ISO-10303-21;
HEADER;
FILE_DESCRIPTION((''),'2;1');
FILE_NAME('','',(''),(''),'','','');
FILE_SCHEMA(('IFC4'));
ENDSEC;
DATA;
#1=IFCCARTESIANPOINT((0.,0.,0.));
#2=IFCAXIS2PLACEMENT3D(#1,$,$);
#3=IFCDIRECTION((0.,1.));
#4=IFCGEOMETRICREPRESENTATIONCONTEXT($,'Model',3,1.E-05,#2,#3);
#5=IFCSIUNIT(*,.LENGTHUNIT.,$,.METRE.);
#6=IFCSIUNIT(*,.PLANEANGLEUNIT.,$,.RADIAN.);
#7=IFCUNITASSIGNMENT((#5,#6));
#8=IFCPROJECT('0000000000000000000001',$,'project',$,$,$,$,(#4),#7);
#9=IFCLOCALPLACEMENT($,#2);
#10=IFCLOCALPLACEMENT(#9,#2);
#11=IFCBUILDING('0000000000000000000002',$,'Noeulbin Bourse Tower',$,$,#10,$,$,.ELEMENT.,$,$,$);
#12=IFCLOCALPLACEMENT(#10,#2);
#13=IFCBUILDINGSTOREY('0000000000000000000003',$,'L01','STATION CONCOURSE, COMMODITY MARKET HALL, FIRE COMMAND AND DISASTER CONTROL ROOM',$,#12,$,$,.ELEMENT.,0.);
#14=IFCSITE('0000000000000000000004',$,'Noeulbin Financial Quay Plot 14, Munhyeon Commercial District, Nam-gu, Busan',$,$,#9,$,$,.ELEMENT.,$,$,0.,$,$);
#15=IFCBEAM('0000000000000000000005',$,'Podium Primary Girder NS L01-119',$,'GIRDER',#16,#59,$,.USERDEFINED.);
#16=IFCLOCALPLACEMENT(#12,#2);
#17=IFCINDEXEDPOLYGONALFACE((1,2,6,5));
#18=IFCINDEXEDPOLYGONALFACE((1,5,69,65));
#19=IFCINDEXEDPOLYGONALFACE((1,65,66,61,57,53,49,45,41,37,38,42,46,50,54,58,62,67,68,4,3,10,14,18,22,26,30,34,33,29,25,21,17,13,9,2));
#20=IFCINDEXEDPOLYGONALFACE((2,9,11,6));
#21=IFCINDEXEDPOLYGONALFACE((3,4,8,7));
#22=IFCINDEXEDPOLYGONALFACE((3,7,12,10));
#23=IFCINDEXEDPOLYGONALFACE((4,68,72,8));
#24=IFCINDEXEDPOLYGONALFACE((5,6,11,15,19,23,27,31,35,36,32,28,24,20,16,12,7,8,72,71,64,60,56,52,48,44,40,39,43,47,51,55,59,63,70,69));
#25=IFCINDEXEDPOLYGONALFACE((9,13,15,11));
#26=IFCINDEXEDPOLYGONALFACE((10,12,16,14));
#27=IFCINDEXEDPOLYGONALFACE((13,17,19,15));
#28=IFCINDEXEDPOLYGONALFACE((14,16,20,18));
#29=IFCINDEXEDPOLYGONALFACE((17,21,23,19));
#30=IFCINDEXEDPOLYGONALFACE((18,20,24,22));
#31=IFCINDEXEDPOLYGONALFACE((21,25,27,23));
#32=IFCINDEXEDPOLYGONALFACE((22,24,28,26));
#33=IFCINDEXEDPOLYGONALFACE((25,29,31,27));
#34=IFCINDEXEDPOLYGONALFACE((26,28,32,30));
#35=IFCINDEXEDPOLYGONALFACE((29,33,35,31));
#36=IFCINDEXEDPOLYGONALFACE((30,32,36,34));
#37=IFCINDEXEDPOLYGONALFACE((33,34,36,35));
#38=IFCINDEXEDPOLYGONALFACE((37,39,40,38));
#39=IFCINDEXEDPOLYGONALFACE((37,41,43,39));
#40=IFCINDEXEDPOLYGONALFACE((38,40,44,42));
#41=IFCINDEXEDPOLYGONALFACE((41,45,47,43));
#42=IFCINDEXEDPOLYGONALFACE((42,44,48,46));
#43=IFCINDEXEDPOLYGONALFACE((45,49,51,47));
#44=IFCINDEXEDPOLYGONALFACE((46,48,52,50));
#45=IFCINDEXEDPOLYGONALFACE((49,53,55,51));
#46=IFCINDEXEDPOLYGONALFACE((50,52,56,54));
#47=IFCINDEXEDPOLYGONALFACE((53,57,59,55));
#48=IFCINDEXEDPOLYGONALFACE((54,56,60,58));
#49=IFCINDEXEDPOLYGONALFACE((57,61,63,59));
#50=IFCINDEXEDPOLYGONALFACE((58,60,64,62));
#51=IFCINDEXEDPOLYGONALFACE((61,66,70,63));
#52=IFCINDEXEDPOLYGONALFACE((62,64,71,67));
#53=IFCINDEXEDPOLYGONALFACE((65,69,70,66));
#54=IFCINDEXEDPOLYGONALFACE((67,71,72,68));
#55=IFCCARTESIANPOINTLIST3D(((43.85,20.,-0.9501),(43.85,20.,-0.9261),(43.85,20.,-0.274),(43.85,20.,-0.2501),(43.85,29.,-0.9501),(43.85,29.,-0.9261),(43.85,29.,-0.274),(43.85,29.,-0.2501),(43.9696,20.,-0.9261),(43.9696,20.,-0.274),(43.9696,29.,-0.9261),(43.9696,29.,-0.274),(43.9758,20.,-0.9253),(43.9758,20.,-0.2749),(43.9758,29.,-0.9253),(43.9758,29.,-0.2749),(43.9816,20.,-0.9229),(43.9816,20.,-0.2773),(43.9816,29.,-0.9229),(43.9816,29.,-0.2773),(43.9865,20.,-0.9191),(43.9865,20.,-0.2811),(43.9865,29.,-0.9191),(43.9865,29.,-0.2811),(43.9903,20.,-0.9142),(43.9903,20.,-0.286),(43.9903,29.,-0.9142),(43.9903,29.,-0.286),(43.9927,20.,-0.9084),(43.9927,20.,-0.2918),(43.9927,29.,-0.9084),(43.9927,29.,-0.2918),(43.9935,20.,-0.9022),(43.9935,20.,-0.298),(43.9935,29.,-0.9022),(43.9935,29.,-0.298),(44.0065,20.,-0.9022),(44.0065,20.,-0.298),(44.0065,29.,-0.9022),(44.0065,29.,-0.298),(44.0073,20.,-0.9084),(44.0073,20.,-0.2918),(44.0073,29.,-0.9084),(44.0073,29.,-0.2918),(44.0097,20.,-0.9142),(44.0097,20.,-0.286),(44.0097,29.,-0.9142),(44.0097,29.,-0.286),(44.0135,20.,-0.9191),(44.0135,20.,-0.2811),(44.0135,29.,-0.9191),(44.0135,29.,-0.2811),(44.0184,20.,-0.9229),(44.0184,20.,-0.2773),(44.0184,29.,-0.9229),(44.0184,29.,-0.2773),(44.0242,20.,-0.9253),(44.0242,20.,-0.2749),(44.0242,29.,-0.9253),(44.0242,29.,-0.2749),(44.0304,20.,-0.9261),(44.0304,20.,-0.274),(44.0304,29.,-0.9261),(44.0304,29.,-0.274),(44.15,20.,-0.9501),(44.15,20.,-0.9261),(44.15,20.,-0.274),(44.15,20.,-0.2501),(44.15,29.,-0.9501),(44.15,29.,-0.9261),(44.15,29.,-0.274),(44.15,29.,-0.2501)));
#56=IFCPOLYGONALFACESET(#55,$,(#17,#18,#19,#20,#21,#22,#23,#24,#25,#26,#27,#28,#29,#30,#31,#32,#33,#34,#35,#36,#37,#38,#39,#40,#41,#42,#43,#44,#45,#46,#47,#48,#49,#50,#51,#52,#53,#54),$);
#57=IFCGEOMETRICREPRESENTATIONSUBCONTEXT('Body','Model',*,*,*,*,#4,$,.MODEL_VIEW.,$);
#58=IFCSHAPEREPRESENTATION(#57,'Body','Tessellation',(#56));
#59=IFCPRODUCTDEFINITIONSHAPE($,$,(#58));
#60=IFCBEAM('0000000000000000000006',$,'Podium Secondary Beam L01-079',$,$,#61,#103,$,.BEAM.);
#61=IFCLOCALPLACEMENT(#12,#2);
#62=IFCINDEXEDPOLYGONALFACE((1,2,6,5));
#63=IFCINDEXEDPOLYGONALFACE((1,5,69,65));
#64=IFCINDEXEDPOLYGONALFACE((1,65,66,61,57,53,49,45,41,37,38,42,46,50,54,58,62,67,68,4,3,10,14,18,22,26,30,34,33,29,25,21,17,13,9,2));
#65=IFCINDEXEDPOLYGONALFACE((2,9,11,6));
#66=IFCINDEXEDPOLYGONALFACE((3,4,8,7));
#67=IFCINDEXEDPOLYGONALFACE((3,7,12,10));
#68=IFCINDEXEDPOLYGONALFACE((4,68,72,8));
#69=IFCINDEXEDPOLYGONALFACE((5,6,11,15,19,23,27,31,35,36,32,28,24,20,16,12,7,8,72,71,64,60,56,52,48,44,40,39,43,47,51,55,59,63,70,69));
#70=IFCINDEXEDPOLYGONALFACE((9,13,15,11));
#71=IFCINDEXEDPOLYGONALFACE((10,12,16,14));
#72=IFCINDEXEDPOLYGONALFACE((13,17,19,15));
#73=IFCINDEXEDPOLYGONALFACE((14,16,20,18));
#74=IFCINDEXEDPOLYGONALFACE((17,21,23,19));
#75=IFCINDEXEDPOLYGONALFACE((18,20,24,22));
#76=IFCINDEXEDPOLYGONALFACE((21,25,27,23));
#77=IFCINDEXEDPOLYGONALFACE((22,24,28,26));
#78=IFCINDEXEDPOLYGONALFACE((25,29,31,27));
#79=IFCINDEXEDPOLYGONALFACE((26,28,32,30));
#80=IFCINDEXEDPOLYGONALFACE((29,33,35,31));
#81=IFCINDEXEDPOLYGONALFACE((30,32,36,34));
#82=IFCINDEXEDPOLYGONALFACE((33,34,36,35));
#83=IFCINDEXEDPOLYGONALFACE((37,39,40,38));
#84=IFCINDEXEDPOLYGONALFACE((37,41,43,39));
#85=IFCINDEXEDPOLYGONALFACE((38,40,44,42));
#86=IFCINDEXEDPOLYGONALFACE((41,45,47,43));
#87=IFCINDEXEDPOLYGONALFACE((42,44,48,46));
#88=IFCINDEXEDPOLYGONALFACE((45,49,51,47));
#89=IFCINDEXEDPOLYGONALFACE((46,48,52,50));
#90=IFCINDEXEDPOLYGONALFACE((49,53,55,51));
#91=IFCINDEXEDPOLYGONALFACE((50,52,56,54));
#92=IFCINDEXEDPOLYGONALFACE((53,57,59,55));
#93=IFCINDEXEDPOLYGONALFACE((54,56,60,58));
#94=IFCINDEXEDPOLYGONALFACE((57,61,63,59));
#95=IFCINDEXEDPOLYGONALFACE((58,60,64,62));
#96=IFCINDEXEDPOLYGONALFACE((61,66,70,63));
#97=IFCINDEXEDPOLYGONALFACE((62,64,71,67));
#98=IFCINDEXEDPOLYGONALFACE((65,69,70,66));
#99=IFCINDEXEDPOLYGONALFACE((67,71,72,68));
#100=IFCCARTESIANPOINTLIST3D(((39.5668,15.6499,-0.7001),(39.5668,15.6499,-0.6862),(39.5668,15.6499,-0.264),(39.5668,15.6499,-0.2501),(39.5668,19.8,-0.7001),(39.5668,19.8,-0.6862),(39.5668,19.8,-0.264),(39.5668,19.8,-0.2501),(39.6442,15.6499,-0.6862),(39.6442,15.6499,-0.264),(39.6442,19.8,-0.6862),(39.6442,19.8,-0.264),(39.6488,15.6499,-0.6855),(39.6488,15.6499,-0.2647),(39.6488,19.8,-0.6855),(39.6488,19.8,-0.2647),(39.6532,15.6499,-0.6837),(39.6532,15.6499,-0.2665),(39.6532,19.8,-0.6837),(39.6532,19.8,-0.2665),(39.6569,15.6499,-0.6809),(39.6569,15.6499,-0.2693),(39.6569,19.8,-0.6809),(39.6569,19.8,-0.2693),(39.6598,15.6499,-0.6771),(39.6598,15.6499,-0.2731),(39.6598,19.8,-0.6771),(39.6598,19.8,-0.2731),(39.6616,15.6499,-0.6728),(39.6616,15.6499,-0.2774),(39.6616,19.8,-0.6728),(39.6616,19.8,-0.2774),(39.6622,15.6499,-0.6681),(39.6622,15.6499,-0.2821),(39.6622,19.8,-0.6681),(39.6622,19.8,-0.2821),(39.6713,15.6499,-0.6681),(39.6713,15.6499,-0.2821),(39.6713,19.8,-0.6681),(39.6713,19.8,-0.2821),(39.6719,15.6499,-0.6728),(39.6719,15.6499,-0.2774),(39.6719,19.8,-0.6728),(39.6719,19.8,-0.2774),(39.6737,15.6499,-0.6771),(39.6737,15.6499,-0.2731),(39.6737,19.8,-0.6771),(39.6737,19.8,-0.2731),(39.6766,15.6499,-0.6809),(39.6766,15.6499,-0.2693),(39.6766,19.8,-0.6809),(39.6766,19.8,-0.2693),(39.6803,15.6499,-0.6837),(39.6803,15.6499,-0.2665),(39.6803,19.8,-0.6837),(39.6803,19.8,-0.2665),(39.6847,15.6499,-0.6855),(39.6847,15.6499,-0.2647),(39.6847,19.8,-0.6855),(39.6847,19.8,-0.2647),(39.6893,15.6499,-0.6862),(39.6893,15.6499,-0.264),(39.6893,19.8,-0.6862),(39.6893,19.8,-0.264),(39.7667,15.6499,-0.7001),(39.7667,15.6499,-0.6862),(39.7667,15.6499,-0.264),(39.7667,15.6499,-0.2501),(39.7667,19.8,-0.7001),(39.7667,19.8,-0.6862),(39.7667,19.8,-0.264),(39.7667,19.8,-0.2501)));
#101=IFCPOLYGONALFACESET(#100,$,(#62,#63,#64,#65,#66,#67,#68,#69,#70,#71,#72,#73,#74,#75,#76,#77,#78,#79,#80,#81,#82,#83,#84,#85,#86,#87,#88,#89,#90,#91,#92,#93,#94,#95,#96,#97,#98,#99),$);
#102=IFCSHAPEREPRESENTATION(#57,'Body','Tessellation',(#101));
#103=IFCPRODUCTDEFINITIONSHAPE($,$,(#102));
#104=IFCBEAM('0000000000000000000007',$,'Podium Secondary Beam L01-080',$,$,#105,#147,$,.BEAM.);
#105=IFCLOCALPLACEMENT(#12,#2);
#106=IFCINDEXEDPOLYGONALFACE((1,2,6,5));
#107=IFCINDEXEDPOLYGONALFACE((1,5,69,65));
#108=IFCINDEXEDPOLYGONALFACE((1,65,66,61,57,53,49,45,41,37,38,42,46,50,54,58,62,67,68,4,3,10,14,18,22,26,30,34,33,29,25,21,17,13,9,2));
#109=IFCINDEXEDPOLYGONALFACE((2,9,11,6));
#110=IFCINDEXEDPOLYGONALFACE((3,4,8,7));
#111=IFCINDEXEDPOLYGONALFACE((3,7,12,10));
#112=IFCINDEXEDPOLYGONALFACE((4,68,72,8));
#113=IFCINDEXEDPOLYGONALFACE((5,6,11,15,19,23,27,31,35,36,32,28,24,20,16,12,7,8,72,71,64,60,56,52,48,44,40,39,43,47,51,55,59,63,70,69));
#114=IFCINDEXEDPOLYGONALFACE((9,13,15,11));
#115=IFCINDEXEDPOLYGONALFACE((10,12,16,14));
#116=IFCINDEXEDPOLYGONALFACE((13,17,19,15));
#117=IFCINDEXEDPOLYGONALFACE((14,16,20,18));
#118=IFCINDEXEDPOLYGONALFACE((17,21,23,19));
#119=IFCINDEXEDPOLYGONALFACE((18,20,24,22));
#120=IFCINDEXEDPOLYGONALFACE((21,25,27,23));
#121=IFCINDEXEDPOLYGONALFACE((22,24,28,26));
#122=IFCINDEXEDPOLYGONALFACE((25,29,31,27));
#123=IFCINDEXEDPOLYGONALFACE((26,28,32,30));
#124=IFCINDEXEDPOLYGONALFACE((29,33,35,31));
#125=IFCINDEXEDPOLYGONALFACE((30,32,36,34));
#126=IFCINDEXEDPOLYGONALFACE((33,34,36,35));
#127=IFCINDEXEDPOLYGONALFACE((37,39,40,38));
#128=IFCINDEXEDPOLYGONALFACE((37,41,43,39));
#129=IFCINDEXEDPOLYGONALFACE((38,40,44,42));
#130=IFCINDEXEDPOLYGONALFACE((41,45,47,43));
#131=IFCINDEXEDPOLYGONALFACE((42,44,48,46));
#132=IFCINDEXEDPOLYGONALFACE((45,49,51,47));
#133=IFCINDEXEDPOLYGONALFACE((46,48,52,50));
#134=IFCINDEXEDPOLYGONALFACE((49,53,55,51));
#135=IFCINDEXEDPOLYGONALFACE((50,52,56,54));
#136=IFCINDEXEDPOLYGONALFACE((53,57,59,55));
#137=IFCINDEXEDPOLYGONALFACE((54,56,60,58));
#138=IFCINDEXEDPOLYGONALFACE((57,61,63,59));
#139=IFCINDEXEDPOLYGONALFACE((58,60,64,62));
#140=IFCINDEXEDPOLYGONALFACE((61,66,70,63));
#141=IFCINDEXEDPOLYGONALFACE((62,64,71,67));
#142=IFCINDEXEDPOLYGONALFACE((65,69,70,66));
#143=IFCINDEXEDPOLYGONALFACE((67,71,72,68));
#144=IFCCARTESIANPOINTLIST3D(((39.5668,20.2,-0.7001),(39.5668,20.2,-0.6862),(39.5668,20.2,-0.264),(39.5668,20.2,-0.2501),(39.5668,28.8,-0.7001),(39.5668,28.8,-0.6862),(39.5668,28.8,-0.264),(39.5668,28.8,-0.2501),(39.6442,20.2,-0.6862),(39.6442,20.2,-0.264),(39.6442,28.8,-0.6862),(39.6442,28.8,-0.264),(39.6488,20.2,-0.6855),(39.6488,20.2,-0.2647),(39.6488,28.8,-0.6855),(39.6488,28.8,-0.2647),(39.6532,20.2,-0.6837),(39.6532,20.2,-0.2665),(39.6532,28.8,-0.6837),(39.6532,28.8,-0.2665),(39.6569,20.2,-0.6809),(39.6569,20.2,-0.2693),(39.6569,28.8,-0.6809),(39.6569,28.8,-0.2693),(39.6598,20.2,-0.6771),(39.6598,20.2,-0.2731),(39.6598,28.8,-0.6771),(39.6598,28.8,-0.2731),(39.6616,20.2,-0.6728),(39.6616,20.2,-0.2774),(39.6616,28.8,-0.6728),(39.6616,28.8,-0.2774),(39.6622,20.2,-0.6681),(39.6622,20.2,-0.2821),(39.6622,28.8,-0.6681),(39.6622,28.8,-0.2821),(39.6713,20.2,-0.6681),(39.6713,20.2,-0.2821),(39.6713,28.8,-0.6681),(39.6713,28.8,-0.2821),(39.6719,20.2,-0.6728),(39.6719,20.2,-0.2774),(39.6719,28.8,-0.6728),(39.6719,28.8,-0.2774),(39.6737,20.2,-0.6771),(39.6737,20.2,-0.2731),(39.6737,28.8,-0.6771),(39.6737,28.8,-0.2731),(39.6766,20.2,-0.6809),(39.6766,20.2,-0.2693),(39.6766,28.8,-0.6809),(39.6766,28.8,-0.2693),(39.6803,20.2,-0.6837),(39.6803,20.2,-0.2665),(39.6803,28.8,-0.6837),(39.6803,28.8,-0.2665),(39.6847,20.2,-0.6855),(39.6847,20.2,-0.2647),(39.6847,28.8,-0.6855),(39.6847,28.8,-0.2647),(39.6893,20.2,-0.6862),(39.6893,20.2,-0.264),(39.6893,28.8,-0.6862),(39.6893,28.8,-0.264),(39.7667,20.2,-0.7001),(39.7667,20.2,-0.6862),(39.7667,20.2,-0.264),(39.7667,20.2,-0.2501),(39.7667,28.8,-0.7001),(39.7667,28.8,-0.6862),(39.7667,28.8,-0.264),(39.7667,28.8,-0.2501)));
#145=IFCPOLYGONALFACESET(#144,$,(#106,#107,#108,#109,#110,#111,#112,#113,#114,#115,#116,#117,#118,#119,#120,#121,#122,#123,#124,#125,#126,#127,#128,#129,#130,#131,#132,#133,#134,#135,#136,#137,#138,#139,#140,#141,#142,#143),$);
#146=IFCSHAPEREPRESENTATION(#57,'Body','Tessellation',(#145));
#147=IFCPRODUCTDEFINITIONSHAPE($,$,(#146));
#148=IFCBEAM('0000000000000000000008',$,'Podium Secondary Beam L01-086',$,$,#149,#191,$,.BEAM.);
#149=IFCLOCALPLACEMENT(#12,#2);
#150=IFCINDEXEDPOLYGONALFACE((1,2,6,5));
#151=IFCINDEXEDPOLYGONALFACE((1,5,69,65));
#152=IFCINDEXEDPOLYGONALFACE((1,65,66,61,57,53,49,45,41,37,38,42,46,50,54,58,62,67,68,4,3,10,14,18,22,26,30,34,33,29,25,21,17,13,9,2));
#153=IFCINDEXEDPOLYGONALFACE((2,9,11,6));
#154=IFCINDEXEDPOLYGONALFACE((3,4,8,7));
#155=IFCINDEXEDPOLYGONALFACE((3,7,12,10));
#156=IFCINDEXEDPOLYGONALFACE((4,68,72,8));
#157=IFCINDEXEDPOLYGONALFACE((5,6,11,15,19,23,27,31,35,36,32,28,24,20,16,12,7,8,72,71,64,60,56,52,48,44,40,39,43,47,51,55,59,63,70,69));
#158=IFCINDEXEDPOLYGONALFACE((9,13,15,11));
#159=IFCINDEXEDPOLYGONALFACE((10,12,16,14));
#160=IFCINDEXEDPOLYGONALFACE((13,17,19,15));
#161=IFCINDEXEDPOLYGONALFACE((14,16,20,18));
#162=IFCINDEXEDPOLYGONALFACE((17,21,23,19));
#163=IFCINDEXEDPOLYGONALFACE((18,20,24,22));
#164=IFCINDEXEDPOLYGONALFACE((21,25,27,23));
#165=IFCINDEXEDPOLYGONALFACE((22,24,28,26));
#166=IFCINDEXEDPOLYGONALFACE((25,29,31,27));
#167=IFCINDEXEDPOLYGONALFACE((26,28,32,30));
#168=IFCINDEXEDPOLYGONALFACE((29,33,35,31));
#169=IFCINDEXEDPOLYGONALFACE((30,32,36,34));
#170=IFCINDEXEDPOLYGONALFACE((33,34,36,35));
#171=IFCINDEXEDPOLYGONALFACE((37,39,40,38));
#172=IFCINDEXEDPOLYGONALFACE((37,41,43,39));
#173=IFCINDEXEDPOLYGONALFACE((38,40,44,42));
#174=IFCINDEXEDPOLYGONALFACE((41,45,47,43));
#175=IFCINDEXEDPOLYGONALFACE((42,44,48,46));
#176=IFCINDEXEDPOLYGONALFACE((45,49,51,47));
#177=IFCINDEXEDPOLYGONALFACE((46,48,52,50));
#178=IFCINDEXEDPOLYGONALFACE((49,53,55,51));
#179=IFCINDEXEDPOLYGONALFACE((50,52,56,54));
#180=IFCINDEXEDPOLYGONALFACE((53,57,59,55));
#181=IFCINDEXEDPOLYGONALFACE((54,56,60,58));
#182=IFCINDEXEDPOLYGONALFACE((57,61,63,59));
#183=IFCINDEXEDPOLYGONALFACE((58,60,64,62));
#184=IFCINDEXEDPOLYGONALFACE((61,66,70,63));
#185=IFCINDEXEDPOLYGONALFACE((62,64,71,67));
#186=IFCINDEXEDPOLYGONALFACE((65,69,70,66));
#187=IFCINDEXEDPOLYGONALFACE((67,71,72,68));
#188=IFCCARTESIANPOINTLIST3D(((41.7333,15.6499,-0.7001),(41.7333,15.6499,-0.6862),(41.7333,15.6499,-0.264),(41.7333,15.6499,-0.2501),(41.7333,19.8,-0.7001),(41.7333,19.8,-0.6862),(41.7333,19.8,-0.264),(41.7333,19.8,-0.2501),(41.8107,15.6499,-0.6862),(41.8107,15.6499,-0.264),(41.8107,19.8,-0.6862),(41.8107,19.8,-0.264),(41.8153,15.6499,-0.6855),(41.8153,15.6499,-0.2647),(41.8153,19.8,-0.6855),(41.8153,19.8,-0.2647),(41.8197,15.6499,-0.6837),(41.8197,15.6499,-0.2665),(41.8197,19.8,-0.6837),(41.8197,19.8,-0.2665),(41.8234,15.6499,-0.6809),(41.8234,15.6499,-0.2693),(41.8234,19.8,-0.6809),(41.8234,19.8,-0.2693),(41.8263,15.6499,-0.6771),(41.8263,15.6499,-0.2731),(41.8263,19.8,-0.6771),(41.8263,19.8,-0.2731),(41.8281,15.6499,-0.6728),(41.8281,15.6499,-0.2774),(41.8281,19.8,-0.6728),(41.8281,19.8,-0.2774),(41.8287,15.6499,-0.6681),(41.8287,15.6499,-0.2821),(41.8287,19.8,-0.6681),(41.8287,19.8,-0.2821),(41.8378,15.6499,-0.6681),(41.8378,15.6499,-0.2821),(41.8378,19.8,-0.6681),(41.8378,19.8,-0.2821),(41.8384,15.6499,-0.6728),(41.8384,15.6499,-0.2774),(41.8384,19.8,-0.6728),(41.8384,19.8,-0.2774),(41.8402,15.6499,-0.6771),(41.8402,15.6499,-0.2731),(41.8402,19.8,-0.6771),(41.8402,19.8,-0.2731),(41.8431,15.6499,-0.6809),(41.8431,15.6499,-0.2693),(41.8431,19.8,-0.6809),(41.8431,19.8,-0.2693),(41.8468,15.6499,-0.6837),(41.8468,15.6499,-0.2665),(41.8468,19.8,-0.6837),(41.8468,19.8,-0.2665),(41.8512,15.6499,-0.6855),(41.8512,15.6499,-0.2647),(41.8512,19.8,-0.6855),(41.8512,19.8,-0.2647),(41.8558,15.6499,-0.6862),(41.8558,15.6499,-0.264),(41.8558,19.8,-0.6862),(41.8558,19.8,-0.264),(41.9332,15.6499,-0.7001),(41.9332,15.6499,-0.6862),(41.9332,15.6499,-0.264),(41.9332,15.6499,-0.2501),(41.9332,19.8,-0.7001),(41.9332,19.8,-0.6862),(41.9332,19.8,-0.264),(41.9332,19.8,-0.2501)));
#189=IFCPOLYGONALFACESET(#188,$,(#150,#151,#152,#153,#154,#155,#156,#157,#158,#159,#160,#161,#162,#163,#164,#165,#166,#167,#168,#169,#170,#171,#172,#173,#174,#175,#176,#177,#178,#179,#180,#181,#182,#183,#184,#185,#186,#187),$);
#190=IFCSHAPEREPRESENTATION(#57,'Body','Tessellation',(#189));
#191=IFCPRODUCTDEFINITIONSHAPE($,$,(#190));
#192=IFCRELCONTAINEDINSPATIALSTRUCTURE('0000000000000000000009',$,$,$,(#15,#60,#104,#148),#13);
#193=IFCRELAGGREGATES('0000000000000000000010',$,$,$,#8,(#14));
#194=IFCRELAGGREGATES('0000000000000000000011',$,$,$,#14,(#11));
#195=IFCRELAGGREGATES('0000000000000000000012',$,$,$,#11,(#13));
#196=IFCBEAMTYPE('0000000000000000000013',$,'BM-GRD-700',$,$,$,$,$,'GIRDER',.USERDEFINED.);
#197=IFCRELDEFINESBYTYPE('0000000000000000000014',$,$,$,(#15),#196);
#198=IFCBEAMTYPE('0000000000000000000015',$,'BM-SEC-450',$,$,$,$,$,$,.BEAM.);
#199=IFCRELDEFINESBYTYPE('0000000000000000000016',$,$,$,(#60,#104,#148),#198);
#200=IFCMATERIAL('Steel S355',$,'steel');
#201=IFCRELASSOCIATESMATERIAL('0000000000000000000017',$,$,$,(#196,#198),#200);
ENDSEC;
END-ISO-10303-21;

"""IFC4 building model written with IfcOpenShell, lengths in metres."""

from ifc_helpers import new_model, si_unit, direction, frame, origin, origin_2d, place, context, subcontext, project, spatial, i_section, extrude, material, material_profile, profile_set, type_object, element, save


model = new_model("IFC4")

# Units and contexts
model_context = context("Model", 3, precision=1e-05, world=origin(), true_north=direction((0.0, 1.0)))
body_context = subcontext(model_context, "Body", "Model", "MODEL_VIEW")
ifc_project = project(units=[si_unit("LENGTHUNIT", "METRE"), si_unit("PLANEANGLEUNIT", "RADIAN")], contexts=[model_context])

# Site, building, storey
site_placement = place(None, origin())
site = spatial("IfcSite", under=ifc_project, at=site_placement, Name="Noeulbin Financial Quay Plot 14, Munhyeon Commercial District, Nam-gu, Busan", CompositionType="ELEMENT", RefElevation=0.0)
building_placement = place(site_placement, origin())
building = spatial("IfcBuilding", under=site, at=building_placement, Name="Noeulbin Bourse Tower", CompositionType="ELEMENT")
storey_placement = place(building_placement, origin())
storey = spatial("IfcBuildingStorey", under=building, at=storey_placement, Name="L01", Description="STATION CONCOURSE, COMMODITY MARKET HALL, FIRE COMMAND AND DISASTER CONTROL ROOM", CompositionType="ELEMENT", Elevation=0.0)

# Beams
ifc_material_1 = material(Name="Steel S355", Category="steel")
ifc_material_profile_1 = material_profile(ifc_material_1, i_section(OverallWidth=0.3, OverallDepth=0.7, WebThickness=0.0129, FlangeThickness=0.0239, FilletRadius=0.0239, at=origin_2d()), Name="H-700x300x13x24", Category="LoadBearing")
ifc_profile_set_1 = profile_set([ifc_material_profile_1], Name="Steel S355")
beam_type_1 = type_object("IfcBeamType", Name="BM-GRD-700", ElementType="GIRDER", PredefinedType="USERDEFINED", material=ifc_profile_set_1)
beam_1_placement = place(storey_placement, frame((44.0, 20.0, -0.6001), z_axis=(0.0, 1.0, 0.0), x_axis=(-1.0, 0.0, 0.0)))
element("IfcBeam", 1, at=beam_1_placement, inside=storey, type_object=beam_type_1, Name="Podium Primary Girder NS L01-119", ObjectType="GIRDER", PredefinedType="USERDEFINED", context=body_context, shape_type="SweptSolid", body=[
    extrude(i_section(OverallWidth=0.3, OverallDepth=0.7, WebThickness=0.0129, FlangeThickness=0.0239, FilletRadius=0.0239, at=origin_2d()), origin(), (0.0, 0.0, 1.0), 9.0),
])
ifc_material_profile_2 = material_profile(ifc_material_1, i_section(OverallWidth=0.2, OverallDepth=0.45, WebThickness=0.009, FlangeThickness=0.0139, FilletRadius=0.0181, at=origin_2d()), Name="H-450x200x9x14", Category="LoadBearing")
ifc_profile_set_2 = profile_set([ifc_material_profile_2], Name="Steel S355")
beam_type_2 = type_object("IfcBeamType", Name="BM-SEC-450", PredefinedType="BEAM", material=ifc_profile_set_2)
beam_2_placement = place(storey_placement, frame((39.6667, 15.6499, -0.4751), z_axis=(0.0, 1.0, 0.0), x_axis=(-1.0, 0.0, 0.0)))
element("IfcBeam", 2, at=beam_2_placement, inside=storey, type_object=beam_type_2, Name="Podium Secondary Beam L01-079", PredefinedType="BEAM", context=body_context, shape_type="SweptSolid", body=[
    extrude(i_section(OverallWidth=0.2, OverallDepth=0.45, WebThickness=0.009, FlangeThickness=0.0139, FilletRadius=0.0181, at=origin_2d()), origin(), (0.0, 0.0, 1.0), 4.1501),
])
beam_3_placement = place(storey_placement, frame((39.6667, 20.2, -0.4751), z_axis=(0.0, 1.0, 0.0), x_axis=(-1.0, 0.0, 0.0)))
element("IfcBeam", 3, at=beam_3_placement, inside=storey, type_object=beam_type_2, Name="Podium Secondary Beam L01-080", PredefinedType="BEAM", context=body_context, shape_type="SweptSolid", body=[
    extrude(i_section(OverallWidth=0.2, OverallDepth=0.45, WebThickness=0.009, FlangeThickness=0.0139, FilletRadius=0.0181, at=origin_2d()), origin(), (0.0, 0.0, 1.0), 8.6001),
])
beam_4_placement = place(storey_placement, frame((41.8333, 15.6499, -0.4751), z_axis=(0.0, 1.0, 0.0), x_axis=(-1.0, 0.0, 0.0)))
element("IfcBeam", 4, at=beam_4_placement, inside=storey, type_object=beam_type_2, Name="Podium Secondary Beam L01-086", PredefinedType="BEAM", context=body_context, shape_type="SweptSolid", body=[
    extrude(i_section(OverallWidth=0.2, OverallDepth=0.45, WebThickness=0.009, FlangeThickness=0.0139, FilletRadius=0.0181, at=origin_2d()), origin(), (0.0, 0.0, 1.0), 4.1501),
])

save(model, "model.ifc")
